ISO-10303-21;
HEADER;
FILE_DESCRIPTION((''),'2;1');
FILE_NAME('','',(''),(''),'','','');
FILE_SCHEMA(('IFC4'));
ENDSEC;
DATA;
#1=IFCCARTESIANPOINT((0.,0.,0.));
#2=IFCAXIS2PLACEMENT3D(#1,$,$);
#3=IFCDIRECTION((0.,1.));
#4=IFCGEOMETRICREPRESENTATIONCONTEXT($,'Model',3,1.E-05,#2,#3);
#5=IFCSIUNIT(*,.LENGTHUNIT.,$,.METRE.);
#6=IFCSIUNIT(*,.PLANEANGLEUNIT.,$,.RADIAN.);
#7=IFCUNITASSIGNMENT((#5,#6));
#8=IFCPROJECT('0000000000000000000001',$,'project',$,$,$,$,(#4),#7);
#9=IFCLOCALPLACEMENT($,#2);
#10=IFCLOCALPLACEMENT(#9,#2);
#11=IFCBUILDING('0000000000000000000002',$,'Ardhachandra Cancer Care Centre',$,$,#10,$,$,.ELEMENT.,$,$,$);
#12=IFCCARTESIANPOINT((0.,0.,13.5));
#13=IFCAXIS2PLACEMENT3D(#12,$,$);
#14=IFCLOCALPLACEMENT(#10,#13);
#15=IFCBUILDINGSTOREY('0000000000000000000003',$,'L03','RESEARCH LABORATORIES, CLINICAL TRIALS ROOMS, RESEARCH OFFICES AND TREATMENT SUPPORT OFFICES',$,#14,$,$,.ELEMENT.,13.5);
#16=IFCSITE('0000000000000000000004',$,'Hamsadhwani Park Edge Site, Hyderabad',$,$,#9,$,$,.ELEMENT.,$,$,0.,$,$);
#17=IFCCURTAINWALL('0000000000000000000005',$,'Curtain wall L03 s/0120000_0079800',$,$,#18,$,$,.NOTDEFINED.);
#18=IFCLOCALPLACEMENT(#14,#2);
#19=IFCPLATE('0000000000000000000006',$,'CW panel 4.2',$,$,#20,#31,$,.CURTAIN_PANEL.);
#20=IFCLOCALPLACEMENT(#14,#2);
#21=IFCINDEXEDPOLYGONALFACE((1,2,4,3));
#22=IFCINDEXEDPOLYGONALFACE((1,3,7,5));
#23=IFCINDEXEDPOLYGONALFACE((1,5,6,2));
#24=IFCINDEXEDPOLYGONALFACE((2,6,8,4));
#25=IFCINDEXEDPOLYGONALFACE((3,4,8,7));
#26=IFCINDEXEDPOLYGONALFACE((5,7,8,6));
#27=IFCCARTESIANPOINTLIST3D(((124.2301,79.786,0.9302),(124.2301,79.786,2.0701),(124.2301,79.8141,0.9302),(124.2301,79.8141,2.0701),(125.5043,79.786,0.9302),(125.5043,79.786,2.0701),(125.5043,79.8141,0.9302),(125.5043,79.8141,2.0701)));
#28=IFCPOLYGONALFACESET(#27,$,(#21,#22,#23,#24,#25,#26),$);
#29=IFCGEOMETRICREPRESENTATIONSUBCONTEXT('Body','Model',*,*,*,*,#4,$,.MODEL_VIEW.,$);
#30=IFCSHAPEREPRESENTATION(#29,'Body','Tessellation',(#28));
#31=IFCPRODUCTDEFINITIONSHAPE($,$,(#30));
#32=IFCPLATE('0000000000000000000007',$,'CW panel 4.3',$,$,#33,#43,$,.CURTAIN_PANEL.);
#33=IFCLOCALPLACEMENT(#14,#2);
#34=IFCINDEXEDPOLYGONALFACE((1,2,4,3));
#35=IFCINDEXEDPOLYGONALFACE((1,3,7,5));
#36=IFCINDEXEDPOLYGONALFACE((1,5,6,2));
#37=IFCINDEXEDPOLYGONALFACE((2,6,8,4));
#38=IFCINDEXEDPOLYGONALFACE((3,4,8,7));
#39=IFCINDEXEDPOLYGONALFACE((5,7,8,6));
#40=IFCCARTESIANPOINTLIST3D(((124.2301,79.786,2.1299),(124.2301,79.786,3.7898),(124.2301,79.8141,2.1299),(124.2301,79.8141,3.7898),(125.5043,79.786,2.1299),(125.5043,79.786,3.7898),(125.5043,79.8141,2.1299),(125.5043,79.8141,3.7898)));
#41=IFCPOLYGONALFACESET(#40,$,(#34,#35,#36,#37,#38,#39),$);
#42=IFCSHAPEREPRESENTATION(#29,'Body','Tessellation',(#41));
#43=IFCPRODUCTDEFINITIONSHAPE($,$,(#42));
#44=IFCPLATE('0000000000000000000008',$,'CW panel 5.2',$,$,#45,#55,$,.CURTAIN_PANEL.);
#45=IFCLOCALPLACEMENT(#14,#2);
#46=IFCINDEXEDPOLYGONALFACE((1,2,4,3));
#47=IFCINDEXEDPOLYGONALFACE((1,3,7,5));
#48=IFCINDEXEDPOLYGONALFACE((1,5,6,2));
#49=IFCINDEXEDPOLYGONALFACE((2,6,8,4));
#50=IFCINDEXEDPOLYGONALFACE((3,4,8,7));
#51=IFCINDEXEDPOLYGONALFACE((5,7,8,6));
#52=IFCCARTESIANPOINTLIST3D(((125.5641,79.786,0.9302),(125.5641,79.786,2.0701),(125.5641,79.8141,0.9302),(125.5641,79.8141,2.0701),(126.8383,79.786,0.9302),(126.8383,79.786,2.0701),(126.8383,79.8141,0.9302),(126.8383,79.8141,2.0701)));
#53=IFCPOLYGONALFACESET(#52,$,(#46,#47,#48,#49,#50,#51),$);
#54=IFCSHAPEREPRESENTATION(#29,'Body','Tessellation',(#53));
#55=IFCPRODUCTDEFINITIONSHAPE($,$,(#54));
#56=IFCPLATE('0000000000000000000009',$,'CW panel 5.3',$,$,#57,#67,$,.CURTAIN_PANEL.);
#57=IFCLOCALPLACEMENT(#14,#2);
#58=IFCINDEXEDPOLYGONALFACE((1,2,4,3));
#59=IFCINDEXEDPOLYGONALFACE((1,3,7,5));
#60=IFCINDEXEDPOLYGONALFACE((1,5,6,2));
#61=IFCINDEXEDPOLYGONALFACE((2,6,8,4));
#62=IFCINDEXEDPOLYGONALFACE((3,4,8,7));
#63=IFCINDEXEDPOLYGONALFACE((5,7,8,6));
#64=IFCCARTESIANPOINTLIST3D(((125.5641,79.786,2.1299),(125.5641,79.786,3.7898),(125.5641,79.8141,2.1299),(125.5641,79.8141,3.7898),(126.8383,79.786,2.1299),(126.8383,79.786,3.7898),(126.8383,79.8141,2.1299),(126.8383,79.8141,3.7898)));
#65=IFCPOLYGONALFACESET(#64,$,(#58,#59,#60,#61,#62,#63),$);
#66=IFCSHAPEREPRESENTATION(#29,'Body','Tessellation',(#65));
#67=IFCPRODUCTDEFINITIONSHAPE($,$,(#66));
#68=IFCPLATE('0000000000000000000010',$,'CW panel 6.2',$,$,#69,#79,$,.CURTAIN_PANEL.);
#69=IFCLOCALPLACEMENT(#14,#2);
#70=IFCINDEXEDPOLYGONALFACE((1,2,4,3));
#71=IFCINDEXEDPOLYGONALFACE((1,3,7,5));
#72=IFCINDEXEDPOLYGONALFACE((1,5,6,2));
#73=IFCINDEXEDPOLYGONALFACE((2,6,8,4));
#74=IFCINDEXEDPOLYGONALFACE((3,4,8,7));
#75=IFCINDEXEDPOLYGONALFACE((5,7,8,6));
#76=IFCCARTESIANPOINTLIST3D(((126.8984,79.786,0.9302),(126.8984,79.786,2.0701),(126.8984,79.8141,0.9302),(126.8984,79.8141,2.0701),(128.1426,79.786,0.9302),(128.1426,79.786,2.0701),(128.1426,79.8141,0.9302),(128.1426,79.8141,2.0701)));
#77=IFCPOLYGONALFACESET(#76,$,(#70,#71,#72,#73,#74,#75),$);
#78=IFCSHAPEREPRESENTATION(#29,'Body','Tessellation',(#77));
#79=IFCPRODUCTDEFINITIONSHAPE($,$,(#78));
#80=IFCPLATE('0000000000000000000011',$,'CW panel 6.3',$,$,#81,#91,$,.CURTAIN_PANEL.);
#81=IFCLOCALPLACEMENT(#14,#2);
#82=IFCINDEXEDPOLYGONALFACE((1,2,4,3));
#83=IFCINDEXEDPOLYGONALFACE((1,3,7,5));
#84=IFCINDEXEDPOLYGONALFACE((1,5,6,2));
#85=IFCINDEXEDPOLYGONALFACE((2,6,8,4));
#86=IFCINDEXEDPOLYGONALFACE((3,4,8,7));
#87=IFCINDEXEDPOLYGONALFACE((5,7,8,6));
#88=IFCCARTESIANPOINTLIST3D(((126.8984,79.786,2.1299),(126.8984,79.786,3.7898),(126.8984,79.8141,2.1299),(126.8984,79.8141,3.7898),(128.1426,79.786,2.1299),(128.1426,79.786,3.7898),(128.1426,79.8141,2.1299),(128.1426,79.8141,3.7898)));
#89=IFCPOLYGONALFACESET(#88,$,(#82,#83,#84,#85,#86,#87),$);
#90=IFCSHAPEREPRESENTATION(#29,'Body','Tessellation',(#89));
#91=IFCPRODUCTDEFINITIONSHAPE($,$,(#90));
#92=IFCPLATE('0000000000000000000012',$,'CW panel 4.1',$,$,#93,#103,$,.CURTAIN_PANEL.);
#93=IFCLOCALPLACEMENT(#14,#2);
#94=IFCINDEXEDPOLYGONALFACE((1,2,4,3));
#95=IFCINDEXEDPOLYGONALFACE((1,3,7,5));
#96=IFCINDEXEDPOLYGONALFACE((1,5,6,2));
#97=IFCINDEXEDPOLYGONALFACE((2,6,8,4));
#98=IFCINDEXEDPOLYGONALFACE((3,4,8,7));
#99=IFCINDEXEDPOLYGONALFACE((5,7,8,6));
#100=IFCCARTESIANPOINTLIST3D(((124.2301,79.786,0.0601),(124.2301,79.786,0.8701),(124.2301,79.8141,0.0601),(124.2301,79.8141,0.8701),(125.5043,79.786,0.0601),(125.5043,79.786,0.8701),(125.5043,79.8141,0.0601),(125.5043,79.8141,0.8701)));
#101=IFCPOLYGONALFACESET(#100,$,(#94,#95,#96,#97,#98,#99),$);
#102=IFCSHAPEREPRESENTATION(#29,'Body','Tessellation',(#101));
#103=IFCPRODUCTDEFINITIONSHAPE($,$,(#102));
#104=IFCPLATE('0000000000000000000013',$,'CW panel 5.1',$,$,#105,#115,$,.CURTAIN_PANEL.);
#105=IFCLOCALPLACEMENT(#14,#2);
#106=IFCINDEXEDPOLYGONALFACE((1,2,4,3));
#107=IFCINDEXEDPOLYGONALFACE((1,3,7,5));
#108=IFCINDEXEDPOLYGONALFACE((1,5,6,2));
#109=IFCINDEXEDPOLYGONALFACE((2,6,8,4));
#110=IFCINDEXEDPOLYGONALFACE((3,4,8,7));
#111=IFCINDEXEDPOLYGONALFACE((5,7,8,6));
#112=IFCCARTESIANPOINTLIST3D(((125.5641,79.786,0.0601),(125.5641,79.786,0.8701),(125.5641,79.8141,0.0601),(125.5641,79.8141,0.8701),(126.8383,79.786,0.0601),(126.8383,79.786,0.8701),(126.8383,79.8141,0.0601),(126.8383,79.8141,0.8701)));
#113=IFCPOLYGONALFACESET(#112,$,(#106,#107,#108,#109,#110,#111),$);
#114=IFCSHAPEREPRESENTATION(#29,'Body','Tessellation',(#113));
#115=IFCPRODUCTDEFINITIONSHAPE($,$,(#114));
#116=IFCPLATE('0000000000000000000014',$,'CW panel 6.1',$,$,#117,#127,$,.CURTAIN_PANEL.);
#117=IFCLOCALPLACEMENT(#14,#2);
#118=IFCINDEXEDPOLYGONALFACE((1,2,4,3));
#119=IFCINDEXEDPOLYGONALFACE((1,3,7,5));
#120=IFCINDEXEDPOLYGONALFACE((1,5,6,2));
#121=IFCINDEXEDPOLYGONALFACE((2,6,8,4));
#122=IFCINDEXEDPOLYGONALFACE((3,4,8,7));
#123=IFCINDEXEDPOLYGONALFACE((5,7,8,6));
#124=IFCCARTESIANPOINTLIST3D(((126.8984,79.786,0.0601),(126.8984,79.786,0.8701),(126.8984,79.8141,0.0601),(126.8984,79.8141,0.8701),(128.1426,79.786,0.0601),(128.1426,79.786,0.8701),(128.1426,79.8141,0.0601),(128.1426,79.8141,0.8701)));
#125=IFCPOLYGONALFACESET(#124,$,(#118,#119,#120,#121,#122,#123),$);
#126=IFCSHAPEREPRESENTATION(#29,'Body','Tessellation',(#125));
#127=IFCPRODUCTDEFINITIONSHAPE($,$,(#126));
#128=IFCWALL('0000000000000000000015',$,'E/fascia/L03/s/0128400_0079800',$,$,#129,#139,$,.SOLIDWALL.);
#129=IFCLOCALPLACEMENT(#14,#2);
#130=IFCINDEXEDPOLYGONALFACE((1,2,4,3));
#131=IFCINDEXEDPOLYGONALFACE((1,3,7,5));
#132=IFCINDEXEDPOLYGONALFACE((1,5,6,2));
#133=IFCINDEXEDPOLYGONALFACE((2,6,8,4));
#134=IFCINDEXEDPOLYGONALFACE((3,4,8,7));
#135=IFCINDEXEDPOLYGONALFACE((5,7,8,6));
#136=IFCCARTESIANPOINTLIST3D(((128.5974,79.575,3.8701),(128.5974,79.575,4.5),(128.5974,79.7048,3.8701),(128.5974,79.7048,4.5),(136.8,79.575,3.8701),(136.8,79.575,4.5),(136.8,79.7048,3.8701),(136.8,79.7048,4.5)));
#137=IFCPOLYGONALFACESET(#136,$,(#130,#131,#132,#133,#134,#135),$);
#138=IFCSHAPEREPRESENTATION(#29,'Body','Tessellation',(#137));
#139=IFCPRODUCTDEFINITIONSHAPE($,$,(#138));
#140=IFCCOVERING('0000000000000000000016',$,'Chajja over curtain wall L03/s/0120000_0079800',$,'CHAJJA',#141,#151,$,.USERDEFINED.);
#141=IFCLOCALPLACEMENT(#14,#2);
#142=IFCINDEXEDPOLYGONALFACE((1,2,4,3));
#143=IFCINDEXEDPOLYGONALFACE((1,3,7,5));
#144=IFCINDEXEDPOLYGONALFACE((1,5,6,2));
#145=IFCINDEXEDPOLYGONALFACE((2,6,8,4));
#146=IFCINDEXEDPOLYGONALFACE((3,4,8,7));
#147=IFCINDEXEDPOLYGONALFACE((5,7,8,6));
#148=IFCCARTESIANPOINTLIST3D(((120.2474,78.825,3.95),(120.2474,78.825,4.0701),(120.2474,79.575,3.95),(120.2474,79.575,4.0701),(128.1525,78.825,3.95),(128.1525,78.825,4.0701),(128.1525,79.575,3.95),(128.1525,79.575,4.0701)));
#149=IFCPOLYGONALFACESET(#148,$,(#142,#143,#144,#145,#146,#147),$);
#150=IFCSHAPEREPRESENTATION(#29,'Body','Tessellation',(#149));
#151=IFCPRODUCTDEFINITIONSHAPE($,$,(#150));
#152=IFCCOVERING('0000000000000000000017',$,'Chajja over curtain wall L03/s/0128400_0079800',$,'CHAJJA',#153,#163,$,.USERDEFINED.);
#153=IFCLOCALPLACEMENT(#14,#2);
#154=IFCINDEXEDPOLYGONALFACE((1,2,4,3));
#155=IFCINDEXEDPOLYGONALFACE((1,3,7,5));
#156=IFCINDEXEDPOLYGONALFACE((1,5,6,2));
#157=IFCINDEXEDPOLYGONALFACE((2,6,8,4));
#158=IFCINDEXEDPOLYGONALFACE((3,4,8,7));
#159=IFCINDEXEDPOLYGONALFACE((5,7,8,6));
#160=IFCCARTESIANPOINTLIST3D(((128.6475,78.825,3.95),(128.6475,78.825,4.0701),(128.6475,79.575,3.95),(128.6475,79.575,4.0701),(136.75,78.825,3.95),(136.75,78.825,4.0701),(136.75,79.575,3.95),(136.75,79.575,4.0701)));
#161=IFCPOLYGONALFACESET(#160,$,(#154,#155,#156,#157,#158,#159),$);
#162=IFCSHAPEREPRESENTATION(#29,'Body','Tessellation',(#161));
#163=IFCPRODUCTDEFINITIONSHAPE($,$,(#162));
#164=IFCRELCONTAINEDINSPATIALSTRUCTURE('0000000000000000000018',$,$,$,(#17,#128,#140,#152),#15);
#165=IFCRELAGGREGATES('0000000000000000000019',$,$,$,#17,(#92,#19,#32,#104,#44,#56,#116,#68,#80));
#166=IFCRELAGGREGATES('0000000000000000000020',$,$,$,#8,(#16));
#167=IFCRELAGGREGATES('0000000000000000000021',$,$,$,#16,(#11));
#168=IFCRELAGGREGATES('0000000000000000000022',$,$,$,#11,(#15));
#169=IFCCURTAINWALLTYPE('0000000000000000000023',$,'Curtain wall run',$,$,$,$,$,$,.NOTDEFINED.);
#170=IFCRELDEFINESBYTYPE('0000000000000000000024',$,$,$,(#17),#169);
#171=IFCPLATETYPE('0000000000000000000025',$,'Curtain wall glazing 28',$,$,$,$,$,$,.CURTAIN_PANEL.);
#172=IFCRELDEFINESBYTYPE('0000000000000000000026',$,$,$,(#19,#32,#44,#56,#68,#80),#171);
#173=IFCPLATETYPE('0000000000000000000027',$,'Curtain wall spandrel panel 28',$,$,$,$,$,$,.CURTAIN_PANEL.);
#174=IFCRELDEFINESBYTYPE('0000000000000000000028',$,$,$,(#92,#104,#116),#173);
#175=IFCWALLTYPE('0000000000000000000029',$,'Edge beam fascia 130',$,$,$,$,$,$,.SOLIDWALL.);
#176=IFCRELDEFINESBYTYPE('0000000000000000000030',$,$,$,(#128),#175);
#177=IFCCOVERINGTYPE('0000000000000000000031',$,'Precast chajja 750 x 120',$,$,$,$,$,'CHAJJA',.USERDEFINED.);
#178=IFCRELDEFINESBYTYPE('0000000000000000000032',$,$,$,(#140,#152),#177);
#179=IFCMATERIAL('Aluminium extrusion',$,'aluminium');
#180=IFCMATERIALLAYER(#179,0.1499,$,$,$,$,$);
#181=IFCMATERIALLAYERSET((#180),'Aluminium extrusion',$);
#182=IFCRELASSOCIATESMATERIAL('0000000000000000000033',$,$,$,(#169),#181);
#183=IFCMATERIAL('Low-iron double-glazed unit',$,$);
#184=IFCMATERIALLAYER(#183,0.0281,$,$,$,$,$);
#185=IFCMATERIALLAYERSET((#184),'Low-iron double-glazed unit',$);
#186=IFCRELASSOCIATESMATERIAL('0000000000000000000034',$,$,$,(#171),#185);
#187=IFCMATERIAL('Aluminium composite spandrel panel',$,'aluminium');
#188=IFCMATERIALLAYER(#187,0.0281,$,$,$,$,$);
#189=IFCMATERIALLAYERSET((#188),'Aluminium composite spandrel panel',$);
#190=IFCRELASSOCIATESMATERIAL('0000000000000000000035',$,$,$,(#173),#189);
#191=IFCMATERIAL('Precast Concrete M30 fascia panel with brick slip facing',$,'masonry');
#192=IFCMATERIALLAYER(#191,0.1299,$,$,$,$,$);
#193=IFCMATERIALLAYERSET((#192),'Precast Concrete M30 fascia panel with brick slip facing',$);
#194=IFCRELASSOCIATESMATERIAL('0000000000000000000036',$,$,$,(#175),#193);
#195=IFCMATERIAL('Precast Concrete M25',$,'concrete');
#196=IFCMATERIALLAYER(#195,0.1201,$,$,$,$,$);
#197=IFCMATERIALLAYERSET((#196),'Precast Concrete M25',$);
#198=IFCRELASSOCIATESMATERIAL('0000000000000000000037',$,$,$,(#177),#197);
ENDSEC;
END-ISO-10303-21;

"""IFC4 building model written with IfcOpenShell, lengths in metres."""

from ifc_helpers import new_model, si_unit, direction, frame, frame_2d, origin, origin_2d, place, context, subcontext, project, spatial, rectangle, extrude, material, layer, layer_set, type_object, element, aggregate, save


model = new_model("IFC4")

# Units and contexts
model_context = context("Model", 3, precision=1e-05, world=origin(), true_north=direction((0.0, 1.0)))
body_context = subcontext(model_context, "Body", "Model", "MODEL_VIEW")
ifc_project = project(units=[si_unit("LENGTHUNIT", "METRE"), si_unit("PLANEANGLEUNIT", "RADIAN")], contexts=[model_context])

# Site, building, storey
site_placement = place(None, origin())
site = spatial("IfcSite", under=ifc_project, at=site_placement, Name="Hamsadhwani Park Edge Site, Hyderabad", CompositionType="ELEMENT", RefElevation=0.0)
building_placement = place(site_placement, origin())
building = spatial("IfcBuilding", under=site, at=building_placement, Name="Ardhachandra Cancer Care Centre", CompositionType="ELEMENT")
storey_placement = place(building_placement, frame((0.0, 0.0, 13.5)))
storey = spatial("IfcBuildingStorey", under=building, at=storey_placement, Name="L03", Description="RESEARCH LABORATORIES, CLINICAL TRIALS ROOMS, RESEARCH OFFICES AND TREATMENT SUPPORT OFFICES", CompositionType="ELEMENT", Elevation=13.5)

# Curtain wall
ifc_material_1 = material(Name="Aluminium extrusion", Category="aluminium")
ifc_layer_1 = layer(ifc_material_1, 0.1499)
ifc_layer_set_1 = layer_set([ifc_layer_1], Name="Aluminium extrusion")
curtain_wall_type = type_object("IfcCurtainWallType", Name="Curtain wall run", PredefinedType="NOTDEFINED", material=ifc_layer_set_1)
curtain_wall_1_placement = place(storey_placement, origin())
curtain_wall_1 = element("IfcCurtainWall", 1, at=curtain_wall_1_placement, inside=storey, type_object=curtain_wall_type, Name="Curtain wall L03 s/0120000_0079800", PredefinedType="NOTDEFINED")

# Plates
ifc_material_2 = material(Name="Low-iron double-glazed unit")
ifc_layer_2 = layer(ifc_material_2, 0.0281)
ifc_layer_set_2 = layer_set([ifc_layer_2], Name="Low-iron double-glazed unit")
plate_type_1 = type_object("IfcPlateType", Name="Curtain wall glazing 28", PredefinedType="CURTAIN_PANEL", material=ifc_layer_set_2)
plate_1_placement = place(storey_placement, frame((124.8672, 79.8, 0.9302), z_axis=(0.0, 0.0, 1.0), x_axis=(1.0, 0.0, 0.0)))
plate_1 = element("IfcPlate", 2, at=plate_1_placement, type_object=plate_type_1, Name="CW panel 4.2", PredefinedType="CURTAIN_PANEL", context=body_context, shape_type="SweptSolid", body=[
    extrude(rectangle(XDim=1.2742, YDim=0.0281, at=origin_2d()), origin(), (0.0, 0.0, 1.0), 1.1399),
])
plate_2_placement = place(storey_placement, frame((124.8672, 79.8, 2.1299), z_axis=(0.0, 0.0, 1.0), x_axis=(1.0, 0.0, 0.0)))
plate_2 = element("IfcPlate", 3, at=plate_2_placement, type_object=plate_type_1, Name="CW panel 4.3", PredefinedType="CURTAIN_PANEL", context=body_context, shape_type="SweptSolid", body=[
    extrude(rectangle(XDim=1.2742, YDim=0.0281, at=origin_2d()), origin(), (0.0, 0.0, 1.0), 1.6599),
])
plate_3_placement = place(storey_placement, frame((126.2012, 79.8, 0.9302), z_axis=(0.0, 0.0, 1.0), x_axis=(1.0, 0.0, 0.0)))
plate_3 = element("IfcPlate", 4, at=plate_3_placement, type_object=plate_type_1, Name="CW panel 5.2", PredefinedType="CURTAIN_PANEL", context=body_context, shape_type="SweptSolid", body=[
    extrude(rectangle(XDim=1.2742, YDim=0.0281, at=origin_2d()), origin(), (0.0, 0.0, 1.0), 1.1399),
])
plate_4_placement = place(storey_placement, frame((126.2012, 79.8, 2.1299), z_axis=(0.0, 0.0, 1.0), x_axis=(1.0, 0.0, 0.0)))
plate_4 = element("IfcPlate", 5, at=plate_4_placement, type_object=plate_type_1, Name="CW panel 5.3", PredefinedType="CURTAIN_PANEL", context=body_context, shape_type="SweptSolid", body=[
    extrude(rectangle(XDim=1.2742, YDim=0.0281, at=origin_2d()), origin(), (0.0, 0.0, 1.0), 1.6599),
])
plate_5_placement = place(storey_placement, frame((127.5205, 79.8, 0.9302), z_axis=(0.0, 0.0, 1.0), x_axis=(1.0, 0.0, 0.0)))
plate_5 = element("IfcPlate", 6, at=plate_5_placement, type_object=plate_type_1, Name="CW panel 6.2", PredefinedType="CURTAIN_PANEL", context=body_context, shape_type="SweptSolid", body=[
    extrude(rectangle(XDim=1.2441, YDim=0.0281, at=origin_2d()), origin(), (0.0, 0.0, 1.0), 1.1399),
])
plate_6_placement = place(storey_placement, frame((127.5205, 79.8, 2.1299), z_axis=(0.0, 0.0, 1.0), x_axis=(1.0, 0.0, 0.0)))
plate_6 = element("IfcPlate", 7, at=plate_6_placement, type_object=plate_type_1, Name="CW panel 6.3", PredefinedType="CURTAIN_PANEL", context=body_context, shape_type="SweptSolid", body=[
    extrude(rectangle(XDim=1.2441, YDim=0.0281, at=origin_2d()), origin(), (0.0, 0.0, 1.0), 1.6599),
])
ifc_material_3 = material(Name="Aluminium composite spandrel panel", Category="aluminium")
ifc_layer_3 = layer(ifc_material_3, 0.0281)
ifc_layer_set_3 = layer_set([ifc_layer_3], Name="Aluminium composite spandrel panel")
plate_type_2 = type_object("IfcPlateType", Name="Curtain wall spandrel panel 28", PredefinedType="CURTAIN_PANEL", material=ifc_layer_set_3)
plate_7_placement = place(storey_placement, frame((124.8672, 79.8, 0.0601), z_axis=(0.0, 0.0, 1.0), x_axis=(1.0, 0.0, 0.0)))
plate_7 = element("IfcPlate", 8, at=plate_7_placement, type_object=plate_type_2, Name="CW panel 4.1", PredefinedType="CURTAIN_PANEL", context=body_context, shape_type="SweptSolid", body=[
    extrude(rectangle(XDim=1.2742, YDim=0.0281, at=origin_2d()), origin(), (0.0, 0.0, 1.0), 0.8101),
])
plate_8_placement = place(storey_placement, frame((126.2012, 79.8, 0.0601), z_axis=(0.0, 0.0, 1.0), x_axis=(1.0, 0.0, 0.0)))
plate_8 = element("IfcPlate", 9, at=plate_8_placement, type_object=plate_type_2, Name="CW panel 5.1", PredefinedType="CURTAIN_PANEL", context=body_context, shape_type="SweptSolid", body=[
    extrude(rectangle(XDim=1.2742, YDim=0.0281, at=origin_2d()), origin(), (0.0, 0.0, 1.0), 0.8101),
])
plate_9_placement = place(storey_placement, frame((127.5205, 79.8, 0.0601), z_axis=(0.0, 0.0, 1.0), x_axis=(1.0, 0.0, 0.0)))
plate_9 = element("IfcPlate", 10, at=plate_9_placement, type_object=plate_type_2, Name="CW panel 6.1", PredefinedType="CURTAIN_PANEL", context=body_context, shape_type="SweptSolid", body=[
    extrude(rectangle(XDim=1.2441, YDim=0.0281, at=origin_2d()), origin(), (0.0, 0.0, 1.0), 0.8101),
])
aggregate(curtain_wall_1, [plate_7, plate_1, plate_2, plate_8, plate_3, plate_4, plate_9, plate_5, plate_6])

# Wall
ifc_material_4 = material(Name="Precast Concrete M30 fascia panel with brick slip facing", Category="masonry")
ifc_layer_4 = layer(ifc_material_4, 0.1299)
ifc_layer_set_4 = layer_set([ifc_layer_4], Name="Precast Concrete M30 fascia panel with brick slip facing")
wall_type = type_object("IfcWallType", Name="Edge beam fascia 130", PredefinedType="SOLIDWALL", material=ifc_layer_set_4)
wall_placement = place(storey_placement, frame((128.5974, 79.6399, 3.8701), z_axis=(0.0, 0.0, 1.0), x_axis=(1.0, 0.0, 0.0)))
element("IfcWall", 11, at=wall_placement, inside=storey, type_object=wall_type, Name="E/fascia/L03/s/0128400_0079800", PredefinedType="SOLIDWALL", context=body_context, shape_type="SweptSolid", body=[
    extrude(rectangle(XDim=8.2026, YDim=0.1299, at=frame_2d((4.1013, 0.0))), origin(), (0.0, 0.0, 1.0), 0.6299),
])

# Coverings
ifc_material_5 = material(Name="Precast Concrete M25", Category="concrete")
ifc_layer_5 = layer(ifc_material_5, 0.1201)
ifc_layer_set_5 = layer_set([ifc_layer_5], Name="Precast Concrete M25")
covering_type = type_object("IfcCoveringType", Name="Precast chajja 750 x 120", ElementType="CHAJJA", PredefinedType="USERDEFINED", material=ifc_layer_set_5)
covering_1_placement = place(storey_placement, frame((124.2, 79.2, 3.95), z_axis=(0.0, 0.0, 1.0), x_axis=(1.0, 0.0, 0.0)))
element("IfcCovering", 12, at=covering_1_placement, inside=storey, type_object=covering_type, Name="Chajja over curtain wall L03/s/0120000_0079800", ObjectType="CHAJJA", PredefinedType="USERDEFINED", context=body_context, shape_type="SweptSolid", body=[
    extrude(rectangle(XDim=7.905, YDim=0.75, at=origin_2d()), origin(), (0.0, 0.0, 1.0), 0.1201),
])
covering_2_placement = place(storey_placement, frame((132.6987, 79.2, 3.95), z_axis=(0.0, 0.0, 1.0), x_axis=(1.0, 0.0, 0.0)))
element("IfcCovering", 13, at=covering_2_placement, inside=storey, type_object=covering_type, Name="Chajja over curtain wall L03/s/0128400_0079800", ObjectType="CHAJJA", PredefinedType="USERDEFINED", context=body_context, shape_type="SweptSolid", body=[
    extrude(rectangle(XDim=8.1025, YDim=0.75, at=origin_2d()), origin(), (0.0, 0.0, 1.0), 0.1201),
])

save(model, "model.ifc")
